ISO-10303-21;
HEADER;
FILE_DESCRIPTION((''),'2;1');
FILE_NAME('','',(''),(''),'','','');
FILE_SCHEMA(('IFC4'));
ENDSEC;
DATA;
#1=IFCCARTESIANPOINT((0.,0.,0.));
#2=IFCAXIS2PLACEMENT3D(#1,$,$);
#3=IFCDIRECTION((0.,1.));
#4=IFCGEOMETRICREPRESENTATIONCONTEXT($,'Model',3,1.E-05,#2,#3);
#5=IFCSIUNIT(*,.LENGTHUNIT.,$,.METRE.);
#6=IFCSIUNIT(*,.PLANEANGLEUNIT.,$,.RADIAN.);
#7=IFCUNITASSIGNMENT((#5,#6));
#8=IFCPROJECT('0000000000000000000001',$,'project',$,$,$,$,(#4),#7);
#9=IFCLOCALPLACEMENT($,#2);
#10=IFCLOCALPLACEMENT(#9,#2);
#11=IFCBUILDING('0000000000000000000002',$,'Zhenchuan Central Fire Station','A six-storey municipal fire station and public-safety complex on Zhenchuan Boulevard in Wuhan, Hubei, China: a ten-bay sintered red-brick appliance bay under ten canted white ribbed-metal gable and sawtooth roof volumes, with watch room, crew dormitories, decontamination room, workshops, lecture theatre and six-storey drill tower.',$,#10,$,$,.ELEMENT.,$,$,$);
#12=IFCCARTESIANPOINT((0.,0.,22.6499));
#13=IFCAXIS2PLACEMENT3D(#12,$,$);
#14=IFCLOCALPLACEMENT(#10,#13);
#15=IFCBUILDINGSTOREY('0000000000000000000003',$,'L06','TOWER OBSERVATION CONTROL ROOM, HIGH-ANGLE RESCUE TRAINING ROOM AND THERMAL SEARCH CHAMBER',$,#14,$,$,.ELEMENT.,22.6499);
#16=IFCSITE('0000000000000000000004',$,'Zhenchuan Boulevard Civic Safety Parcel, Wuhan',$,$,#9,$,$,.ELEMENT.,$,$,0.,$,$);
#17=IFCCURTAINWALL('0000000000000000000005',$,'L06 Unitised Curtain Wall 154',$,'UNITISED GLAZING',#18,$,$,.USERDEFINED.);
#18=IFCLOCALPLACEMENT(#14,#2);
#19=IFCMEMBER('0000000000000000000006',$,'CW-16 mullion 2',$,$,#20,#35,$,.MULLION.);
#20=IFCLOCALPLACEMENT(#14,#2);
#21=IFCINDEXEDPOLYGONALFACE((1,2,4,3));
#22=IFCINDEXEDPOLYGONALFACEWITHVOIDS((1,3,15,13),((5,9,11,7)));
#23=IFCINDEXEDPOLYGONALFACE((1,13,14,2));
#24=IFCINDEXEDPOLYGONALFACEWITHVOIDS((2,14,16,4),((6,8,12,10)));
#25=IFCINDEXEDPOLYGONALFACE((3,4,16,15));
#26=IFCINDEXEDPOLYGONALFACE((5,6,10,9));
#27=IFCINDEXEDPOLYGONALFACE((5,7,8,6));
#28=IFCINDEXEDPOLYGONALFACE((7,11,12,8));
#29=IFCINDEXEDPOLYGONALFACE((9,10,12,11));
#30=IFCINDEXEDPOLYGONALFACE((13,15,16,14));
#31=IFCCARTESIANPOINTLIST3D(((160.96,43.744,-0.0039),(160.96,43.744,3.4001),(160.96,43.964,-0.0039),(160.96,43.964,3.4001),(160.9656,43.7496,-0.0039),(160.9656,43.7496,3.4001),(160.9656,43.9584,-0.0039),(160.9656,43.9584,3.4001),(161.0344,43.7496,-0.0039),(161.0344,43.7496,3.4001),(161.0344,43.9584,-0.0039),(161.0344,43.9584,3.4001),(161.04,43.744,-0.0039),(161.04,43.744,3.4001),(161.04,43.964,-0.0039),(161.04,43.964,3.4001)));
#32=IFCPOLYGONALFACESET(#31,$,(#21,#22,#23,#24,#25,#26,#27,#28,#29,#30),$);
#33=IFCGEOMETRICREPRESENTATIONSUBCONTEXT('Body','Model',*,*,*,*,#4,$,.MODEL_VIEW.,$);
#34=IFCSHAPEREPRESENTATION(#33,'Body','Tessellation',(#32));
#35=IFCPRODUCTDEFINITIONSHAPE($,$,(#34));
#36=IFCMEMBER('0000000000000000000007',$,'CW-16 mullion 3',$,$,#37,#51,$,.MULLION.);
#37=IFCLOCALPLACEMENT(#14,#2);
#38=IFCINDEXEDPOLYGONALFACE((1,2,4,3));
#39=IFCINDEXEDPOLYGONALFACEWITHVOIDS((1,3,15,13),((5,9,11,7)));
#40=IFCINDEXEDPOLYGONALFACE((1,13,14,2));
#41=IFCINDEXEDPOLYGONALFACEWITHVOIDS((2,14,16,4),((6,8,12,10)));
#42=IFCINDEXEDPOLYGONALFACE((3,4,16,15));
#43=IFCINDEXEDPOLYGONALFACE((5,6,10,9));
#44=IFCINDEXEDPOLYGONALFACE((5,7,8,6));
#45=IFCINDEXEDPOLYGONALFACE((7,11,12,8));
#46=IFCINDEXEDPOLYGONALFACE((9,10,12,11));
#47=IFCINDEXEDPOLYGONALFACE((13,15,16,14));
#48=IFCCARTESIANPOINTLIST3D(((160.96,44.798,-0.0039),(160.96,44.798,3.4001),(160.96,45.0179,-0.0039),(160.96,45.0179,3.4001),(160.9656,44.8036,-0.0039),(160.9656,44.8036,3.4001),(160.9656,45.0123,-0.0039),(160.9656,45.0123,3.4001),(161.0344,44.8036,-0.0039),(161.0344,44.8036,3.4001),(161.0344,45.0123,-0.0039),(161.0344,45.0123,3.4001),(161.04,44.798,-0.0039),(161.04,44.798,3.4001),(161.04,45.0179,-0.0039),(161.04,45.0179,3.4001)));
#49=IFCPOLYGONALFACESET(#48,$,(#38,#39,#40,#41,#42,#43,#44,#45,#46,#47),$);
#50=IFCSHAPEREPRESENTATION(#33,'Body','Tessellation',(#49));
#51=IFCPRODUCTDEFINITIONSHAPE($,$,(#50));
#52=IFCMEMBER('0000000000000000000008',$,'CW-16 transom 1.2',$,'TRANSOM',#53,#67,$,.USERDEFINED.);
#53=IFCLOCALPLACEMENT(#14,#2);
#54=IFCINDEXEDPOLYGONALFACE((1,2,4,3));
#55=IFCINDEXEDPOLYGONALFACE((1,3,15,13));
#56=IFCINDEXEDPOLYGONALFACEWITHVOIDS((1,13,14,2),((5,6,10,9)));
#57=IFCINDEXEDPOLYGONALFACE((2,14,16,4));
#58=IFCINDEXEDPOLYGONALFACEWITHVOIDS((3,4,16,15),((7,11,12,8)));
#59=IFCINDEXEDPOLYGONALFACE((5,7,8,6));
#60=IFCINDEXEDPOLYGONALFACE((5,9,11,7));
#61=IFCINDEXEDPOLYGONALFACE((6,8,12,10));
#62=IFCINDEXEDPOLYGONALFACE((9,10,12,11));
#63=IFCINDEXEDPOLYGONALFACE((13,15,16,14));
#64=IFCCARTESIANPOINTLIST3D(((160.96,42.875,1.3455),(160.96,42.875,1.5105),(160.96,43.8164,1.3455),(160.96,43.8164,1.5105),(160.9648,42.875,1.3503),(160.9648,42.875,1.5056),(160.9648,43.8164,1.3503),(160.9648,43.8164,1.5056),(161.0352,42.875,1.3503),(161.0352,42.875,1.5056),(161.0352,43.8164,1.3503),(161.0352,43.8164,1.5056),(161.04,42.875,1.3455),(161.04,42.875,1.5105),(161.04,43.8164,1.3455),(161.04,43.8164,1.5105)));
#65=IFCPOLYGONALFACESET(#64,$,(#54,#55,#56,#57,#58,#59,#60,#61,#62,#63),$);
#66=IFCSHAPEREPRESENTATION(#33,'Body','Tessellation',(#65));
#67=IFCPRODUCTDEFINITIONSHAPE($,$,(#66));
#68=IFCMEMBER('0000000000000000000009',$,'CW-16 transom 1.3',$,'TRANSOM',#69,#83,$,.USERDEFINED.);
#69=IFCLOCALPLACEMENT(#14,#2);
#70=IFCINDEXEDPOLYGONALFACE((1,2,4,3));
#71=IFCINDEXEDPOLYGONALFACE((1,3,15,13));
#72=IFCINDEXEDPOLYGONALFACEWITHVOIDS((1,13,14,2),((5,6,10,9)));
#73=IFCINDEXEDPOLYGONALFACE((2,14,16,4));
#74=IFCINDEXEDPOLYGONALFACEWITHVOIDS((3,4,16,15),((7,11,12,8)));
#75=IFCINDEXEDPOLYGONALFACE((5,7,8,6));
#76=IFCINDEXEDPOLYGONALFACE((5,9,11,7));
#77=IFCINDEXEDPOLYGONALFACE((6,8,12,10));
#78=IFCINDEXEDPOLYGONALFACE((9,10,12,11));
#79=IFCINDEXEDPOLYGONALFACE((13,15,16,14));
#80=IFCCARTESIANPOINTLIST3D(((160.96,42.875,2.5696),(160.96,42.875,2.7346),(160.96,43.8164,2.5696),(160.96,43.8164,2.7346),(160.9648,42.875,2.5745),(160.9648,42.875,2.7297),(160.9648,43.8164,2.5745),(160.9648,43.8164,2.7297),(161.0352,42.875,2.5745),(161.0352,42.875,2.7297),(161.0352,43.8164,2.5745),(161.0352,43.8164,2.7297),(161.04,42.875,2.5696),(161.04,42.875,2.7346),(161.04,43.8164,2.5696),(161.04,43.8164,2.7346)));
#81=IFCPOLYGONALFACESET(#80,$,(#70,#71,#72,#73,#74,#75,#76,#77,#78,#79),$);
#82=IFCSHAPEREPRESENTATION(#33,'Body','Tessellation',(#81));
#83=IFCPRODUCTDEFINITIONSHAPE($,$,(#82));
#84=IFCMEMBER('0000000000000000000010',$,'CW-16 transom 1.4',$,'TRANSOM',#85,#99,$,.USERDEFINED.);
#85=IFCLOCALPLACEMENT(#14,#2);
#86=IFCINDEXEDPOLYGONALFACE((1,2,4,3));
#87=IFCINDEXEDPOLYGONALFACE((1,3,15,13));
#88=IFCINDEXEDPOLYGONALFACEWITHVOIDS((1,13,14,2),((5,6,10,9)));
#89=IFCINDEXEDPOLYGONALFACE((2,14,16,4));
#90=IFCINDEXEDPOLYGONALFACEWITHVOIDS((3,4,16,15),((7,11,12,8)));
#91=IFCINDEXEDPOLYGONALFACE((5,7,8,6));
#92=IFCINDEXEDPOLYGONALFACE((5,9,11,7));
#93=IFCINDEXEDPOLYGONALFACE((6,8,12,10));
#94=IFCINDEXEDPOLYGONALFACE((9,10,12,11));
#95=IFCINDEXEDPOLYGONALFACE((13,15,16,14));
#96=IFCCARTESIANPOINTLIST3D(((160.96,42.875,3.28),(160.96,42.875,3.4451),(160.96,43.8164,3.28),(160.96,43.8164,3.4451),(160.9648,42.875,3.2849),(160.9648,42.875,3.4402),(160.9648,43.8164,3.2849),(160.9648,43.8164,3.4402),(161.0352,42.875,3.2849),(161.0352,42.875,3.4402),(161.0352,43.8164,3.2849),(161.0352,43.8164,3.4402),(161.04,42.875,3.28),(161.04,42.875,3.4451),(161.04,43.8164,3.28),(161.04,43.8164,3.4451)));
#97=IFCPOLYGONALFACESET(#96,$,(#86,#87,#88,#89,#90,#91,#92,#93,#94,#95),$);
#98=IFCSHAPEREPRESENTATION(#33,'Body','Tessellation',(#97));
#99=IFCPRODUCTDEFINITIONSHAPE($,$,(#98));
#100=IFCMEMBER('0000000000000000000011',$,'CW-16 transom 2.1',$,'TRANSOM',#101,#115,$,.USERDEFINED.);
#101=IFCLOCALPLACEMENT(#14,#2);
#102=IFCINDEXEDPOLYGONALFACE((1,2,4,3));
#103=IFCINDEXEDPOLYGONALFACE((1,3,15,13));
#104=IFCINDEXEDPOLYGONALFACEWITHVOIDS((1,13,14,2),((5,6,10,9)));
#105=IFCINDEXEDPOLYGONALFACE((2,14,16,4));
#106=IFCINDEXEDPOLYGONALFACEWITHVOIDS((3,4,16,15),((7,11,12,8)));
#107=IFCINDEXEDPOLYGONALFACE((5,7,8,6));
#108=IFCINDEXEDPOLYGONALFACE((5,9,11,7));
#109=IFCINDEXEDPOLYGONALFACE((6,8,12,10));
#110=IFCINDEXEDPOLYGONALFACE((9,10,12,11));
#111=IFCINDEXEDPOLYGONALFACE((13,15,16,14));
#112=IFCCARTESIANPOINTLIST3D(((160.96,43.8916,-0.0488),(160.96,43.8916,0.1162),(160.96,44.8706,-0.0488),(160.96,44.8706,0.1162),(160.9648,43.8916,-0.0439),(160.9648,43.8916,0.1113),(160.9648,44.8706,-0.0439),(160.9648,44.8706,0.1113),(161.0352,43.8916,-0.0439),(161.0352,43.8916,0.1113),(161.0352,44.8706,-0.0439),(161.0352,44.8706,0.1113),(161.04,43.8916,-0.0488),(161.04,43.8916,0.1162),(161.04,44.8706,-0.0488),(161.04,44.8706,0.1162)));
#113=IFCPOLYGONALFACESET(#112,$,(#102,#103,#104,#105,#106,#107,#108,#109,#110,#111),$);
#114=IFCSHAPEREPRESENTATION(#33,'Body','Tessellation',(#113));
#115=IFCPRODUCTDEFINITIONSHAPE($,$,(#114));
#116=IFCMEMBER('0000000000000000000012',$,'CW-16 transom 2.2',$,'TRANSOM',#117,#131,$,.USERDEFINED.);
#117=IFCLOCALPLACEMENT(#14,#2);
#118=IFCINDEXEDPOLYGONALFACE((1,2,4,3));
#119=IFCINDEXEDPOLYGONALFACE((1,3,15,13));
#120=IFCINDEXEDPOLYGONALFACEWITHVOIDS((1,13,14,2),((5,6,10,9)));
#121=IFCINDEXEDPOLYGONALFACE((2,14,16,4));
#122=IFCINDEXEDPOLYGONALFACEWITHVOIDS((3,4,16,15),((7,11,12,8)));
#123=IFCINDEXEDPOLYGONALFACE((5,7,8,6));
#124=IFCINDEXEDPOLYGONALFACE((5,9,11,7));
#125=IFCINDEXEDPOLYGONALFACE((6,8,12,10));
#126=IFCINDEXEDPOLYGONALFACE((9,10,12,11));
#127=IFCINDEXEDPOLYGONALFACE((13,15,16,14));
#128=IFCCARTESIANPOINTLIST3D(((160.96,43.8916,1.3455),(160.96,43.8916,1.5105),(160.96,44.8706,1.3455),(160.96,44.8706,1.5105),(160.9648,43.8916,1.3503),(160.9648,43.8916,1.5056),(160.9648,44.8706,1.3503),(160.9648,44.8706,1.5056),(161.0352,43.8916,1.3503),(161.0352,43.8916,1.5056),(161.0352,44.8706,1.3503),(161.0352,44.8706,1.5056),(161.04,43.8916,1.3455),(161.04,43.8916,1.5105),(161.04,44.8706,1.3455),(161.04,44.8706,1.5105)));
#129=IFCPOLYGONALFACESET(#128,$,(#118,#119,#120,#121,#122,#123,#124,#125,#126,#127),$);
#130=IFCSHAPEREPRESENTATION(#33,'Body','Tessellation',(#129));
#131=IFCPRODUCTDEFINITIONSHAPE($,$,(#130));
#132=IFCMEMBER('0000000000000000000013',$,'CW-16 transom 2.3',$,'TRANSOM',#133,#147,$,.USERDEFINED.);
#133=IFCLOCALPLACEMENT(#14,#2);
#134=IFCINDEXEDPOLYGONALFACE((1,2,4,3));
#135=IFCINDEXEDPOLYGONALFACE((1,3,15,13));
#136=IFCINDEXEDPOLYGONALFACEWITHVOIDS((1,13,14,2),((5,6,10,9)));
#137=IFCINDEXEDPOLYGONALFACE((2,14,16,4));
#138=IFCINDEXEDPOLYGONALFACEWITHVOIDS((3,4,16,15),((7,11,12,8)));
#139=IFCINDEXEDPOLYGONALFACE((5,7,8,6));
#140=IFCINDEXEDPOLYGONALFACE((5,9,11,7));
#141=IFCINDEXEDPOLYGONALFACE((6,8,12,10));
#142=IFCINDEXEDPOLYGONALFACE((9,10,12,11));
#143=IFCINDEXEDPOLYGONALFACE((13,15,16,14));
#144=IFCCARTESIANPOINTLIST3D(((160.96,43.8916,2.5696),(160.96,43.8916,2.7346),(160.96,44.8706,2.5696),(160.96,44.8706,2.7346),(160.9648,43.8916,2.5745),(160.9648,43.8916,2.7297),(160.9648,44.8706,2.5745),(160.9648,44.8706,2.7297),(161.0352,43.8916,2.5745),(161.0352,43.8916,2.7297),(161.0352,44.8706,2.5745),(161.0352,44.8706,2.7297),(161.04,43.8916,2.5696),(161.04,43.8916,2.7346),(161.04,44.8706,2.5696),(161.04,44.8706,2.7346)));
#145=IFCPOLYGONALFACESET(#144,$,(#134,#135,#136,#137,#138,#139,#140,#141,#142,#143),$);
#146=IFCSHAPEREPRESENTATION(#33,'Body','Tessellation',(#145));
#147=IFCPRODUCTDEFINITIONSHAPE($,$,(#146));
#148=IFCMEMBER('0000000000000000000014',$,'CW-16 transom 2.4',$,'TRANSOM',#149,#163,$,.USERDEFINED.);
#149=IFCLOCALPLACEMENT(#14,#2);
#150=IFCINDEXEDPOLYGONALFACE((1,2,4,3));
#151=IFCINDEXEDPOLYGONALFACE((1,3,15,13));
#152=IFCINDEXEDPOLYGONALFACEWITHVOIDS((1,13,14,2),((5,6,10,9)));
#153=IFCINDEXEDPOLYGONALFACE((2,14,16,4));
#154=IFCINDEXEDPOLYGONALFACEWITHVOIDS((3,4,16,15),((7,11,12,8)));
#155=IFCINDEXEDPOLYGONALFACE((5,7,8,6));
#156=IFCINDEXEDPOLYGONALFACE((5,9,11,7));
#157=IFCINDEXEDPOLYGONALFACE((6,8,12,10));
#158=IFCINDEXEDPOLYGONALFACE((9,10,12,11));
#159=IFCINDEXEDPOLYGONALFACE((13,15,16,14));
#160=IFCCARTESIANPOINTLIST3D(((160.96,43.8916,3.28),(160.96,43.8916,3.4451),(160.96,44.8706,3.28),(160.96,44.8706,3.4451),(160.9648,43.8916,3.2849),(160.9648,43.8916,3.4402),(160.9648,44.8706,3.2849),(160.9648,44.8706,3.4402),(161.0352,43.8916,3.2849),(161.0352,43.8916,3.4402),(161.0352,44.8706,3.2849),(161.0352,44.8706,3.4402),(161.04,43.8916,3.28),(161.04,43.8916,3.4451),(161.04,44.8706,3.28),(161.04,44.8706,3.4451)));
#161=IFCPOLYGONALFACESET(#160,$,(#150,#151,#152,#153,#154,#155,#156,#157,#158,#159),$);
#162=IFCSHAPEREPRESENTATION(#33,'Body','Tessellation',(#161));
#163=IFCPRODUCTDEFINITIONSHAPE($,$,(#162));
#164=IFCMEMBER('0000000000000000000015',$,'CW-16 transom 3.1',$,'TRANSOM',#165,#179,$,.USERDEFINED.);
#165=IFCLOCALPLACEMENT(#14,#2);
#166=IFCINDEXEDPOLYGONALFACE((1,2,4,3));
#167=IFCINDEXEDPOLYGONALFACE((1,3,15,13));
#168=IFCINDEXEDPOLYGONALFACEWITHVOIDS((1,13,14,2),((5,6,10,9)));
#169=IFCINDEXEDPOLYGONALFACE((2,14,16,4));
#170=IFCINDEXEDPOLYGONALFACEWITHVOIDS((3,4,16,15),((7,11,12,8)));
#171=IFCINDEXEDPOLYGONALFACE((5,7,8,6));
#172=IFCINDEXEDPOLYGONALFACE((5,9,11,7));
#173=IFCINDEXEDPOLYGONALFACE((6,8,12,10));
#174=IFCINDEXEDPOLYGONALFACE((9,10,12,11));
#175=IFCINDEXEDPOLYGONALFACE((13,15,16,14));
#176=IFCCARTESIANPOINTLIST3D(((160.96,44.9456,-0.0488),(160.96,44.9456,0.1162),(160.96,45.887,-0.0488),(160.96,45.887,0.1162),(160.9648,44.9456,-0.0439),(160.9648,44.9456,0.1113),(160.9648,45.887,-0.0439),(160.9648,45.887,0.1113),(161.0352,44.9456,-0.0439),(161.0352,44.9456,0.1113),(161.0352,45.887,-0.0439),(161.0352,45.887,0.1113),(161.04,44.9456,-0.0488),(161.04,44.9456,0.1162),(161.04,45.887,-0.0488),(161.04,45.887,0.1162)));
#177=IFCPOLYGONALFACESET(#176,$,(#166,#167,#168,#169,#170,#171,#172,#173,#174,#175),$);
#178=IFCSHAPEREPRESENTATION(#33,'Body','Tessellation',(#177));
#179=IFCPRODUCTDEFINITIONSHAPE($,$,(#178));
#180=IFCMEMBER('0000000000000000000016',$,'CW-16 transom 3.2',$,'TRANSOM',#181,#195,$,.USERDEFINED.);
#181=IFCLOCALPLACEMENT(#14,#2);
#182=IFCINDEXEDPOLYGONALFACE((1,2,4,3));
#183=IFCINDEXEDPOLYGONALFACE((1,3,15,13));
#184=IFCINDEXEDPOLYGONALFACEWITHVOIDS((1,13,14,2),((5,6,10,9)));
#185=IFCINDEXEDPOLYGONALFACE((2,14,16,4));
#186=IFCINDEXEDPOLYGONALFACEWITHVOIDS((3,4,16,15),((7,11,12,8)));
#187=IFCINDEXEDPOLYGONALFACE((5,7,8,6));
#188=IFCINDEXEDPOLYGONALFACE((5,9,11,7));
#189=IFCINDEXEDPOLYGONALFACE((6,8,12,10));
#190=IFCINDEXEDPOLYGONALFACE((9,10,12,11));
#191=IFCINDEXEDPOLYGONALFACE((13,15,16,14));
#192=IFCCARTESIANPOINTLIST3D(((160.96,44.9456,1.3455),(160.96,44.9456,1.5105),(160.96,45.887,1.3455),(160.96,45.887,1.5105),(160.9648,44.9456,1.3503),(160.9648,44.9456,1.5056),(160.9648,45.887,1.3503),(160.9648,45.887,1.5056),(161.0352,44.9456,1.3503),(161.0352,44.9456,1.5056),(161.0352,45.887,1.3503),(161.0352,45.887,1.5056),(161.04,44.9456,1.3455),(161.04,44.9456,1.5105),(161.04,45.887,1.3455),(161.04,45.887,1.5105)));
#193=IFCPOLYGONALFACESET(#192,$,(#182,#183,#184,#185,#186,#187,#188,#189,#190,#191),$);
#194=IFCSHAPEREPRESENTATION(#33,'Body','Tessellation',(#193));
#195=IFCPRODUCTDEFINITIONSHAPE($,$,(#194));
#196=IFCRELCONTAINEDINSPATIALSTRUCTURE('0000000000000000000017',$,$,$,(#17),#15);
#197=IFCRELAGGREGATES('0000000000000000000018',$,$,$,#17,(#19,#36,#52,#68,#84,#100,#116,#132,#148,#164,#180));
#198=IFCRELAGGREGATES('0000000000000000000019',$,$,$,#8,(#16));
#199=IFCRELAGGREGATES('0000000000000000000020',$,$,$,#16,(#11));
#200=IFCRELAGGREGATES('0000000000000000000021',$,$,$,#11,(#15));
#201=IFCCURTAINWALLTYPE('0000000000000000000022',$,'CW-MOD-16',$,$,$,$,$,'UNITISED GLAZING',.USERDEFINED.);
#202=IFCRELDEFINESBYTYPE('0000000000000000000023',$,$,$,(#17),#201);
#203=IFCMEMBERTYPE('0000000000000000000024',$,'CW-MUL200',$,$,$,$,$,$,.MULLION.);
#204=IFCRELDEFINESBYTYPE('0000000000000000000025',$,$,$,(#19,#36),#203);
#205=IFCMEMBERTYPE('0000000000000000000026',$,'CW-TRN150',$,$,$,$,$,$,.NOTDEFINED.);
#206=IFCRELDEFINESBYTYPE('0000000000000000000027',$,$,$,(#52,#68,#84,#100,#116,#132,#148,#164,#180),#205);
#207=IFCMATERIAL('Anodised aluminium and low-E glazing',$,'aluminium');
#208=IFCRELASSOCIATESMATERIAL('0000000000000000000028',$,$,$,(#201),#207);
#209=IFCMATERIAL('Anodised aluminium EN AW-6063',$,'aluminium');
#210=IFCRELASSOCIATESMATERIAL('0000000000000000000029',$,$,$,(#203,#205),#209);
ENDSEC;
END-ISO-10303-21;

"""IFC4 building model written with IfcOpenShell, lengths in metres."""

from ifc_helpers import new_model, si_unit, direction, frame, origin, origin_2d, place, context, subcontext, project, spatial, hollow_rectangle, extrude, material, material_profile, profile_set, type_object, element, aggregate, save


model = new_model("IFC4")

# Units and contexts
model_context = context("Model", 3, precision=1e-05, world=origin(), true_north=direction((0.0, 1.0)))
body_context = subcontext(model_context, "Body", "Model", "MODEL_VIEW")
ifc_project = project(units=[si_unit("LENGTHUNIT", "METRE"), si_unit("PLANEANGLEUNIT", "RADIAN")], contexts=[model_context])

# Site, building, storey
site_placement = place(None, origin())
site = spatial("IfcSite", under=ifc_project, at=site_placement, Name="Zhenchuan Boulevard Civic Safety Parcel, Wuhan", CompositionType="ELEMENT", RefElevation=0.0)
building_placement = place(site_placement, origin())
building = spatial("IfcBuilding", under=site, at=building_placement, Name="Zhenchuan Central Fire Station", Description="A six-storey municipal fire station and public-safety complex on Zhenchuan Boulevard in Wuhan, Hubei, China: a ten-bay sintered red-brick appliance bay under ten canted white ribbed-metal gable and sawtooth roof volumes, with watch room, crew dormitories, decontamination room, workshops, lecture theatre and six-storey drill tower.", CompositionType="ELEMENT")
storey_placement = place(building_placement, frame((0.0, 0.0, 22.6499)))
storey = spatial("IfcBuildingStorey", under=building, at=storey_placement, Name="L06", Description="TOWER OBSERVATION CONTROL ROOM, HIGH-ANGLE RESCUE TRAINING ROOM AND THERMAL SEARCH CHAMBER", CompositionType="ELEMENT", Elevation=22.6499)

# Curtain wall, members
ifc_material_1 = material(Name="Anodised aluminium and low-E glazing", Category="aluminium")
curtain_wall_type = type_object("IfcCurtainWallType", Name="CW-MOD-16", ElementType="UNITISED GLAZING", PredefinedType="USERDEFINED", material=ifc_material_1)
curtain_wall_placement = place(storey_placement, origin())
curtain_wall = element("IfcCurtainWall", 1, at=curtain_wall_placement, inside=storey, type_object=curtain_wall_type, Name="L06 Unitised Curtain Wall 154", ObjectType="UNITISED GLAZING", PredefinedType="USERDEFINED")
ifc_material_2 = material(Name="Anodised aluminium EN AW-6063", Category="aluminium")
ifc_material_profile_1 = material_profile(ifc_material_2, hollow_rectangle(XDim=0.0801, YDim=0.22, WallThickness=0.0056, at=origin_2d()), Name="ALU-M 220x80")
ifc_profile_set_1 = profile_set([ifc_material_profile_1], Name="Anodised aluminium EN AW-6063")
member_type_1 = type_object("IfcMemberType", Name="CW-MUL200", PredefinedType="MULLION", material=ifc_profile_set_1)
member_1_placement = place(storey_placement, frame((161.0, 43.854, -0.0039), z_axis=(0.0, 0.0, 1.0), x_axis=(-1.0, 0.0, 0.0)))
member_1 = element("IfcMember", 2, at=member_1_placement, type_object=member_type_1, Name="CW-16 mullion 2", PredefinedType="MULLION", context=body_context, shape_type="SweptSolid", body=[
    extrude(hollow_rectangle(XDim=0.0801, YDim=0.22, WallThickness=0.0056, at=origin_2d()), origin(), (0.0, 0.0, 1.0), 3.4041),
])
member_2_placement = place(storey_placement, frame((161.0, 44.908, -0.0039), z_axis=(0.0, 0.0, 1.0), x_axis=(-1.0, 0.0, 0.0)))
member_2 = element("IfcMember", 3, at=member_2_placement, type_object=member_type_1, Name="CW-16 mullion 3", PredefinedType="MULLION", context=body_context, shape_type="SweptSolid", body=[
    extrude(hollow_rectangle(XDim=0.0801, YDim=0.22, WallThickness=0.0056, at=origin_2d()), origin(), (0.0, 0.0, 1.0), 3.4041),
])
ifc_material_profile_2 = material_profile(ifc_material_2, hollow_rectangle(XDim=0.0801, YDim=0.165, WallThickness=0.0049, at=origin_2d()), Name="ALU-T 165x80")
ifc_profile_set_2 = profile_set([ifc_material_profile_2], Name="Anodised aluminium EN AW-6063")
member_type_2 = type_object("IfcMemberType", Name="CW-TRN150", PredefinedType="NOTDEFINED", material=ifc_profile_set_2)
member_3_placement = place(storey_placement, frame((161.0, 42.875, 1.428), z_axis=(0.0, 1.0, 0.0), x_axis=(-1.0, 0.0, 0.0)))
member_3 = element("IfcMember", 4, at=member_3_placement, type_object=member_type_2, Name="CW-16 transom 1.2", ObjectType="TRANSOM", PredefinedType="USERDEFINED", context=body_context, shape_type="SweptSolid", body=[
    extrude(hollow_rectangle(XDim=0.0801, YDim=0.165, WallThickness=0.0049, at=origin_2d()), origin(), (0.0, 0.0, 1.0), 0.9414),
])
member_4_placement = place(storey_placement, frame((161.0, 42.875, 2.6521), z_axis=(0.0, 1.0, 0.0), x_axis=(-1.0, 0.0, 0.0)))
member_4 = element("IfcMember", 5, at=member_4_placement, type_object=member_type_2, Name="CW-16 transom 1.3", ObjectType="TRANSOM", PredefinedType="USERDEFINED", context=body_context, shape_type="SweptSolid", body=[
    extrude(hollow_rectangle(XDim=0.0801, YDim=0.165, WallThickness=0.0049, at=origin_2d()), origin(), (0.0, 0.0, 1.0), 0.9414),
])
member_5_placement = place(storey_placement, frame((161.0, 42.875, 3.3625), z_axis=(0.0, 1.0, 0.0), x_axis=(-1.0, 0.0, 0.0)))
member_5 = element("IfcMember", 6, at=member_5_placement, type_object=member_type_2, Name="CW-16 transom 1.4", ObjectType="TRANSOM", PredefinedType="USERDEFINED", context=body_context, shape_type="SweptSolid", body=[
    extrude(hollow_rectangle(XDim=0.0801, YDim=0.165, WallThickness=0.0049, at=origin_2d()), origin(), (0.0, 0.0, 1.0), 0.9414),
])
member_6_placement = place(storey_placement, frame((161.0, 43.8916, 0.0337), z_axis=(0.0, 1.0, 0.0), x_axis=(-1.0, 0.0, 0.0)))
member_6 = element("IfcMember", 7, at=member_6_placement, type_object=member_type_2, Name="CW-16 transom 2.1", ObjectType="TRANSOM", PredefinedType="USERDEFINED", context=body_context, shape_type="SweptSolid", body=[
    extrude(hollow_rectangle(XDim=0.0801, YDim=0.165, WallThickness=0.0049, at=origin_2d()), origin(), (0.0, 0.0, 1.0), 0.979),
])
member_7_placement = place(storey_placement, frame((161.0, 43.8916, 1.428), z_axis=(0.0, 1.0, 0.0), x_axis=(-1.0, 0.0, 0.0)))
member_7 = element("IfcMember", 8, at=member_7_placement, type_object=member_type_2, Name="CW-16 transom 2.2", ObjectType="TRANSOM", PredefinedType="USERDEFINED", context=body_context, shape_type="SweptSolid", body=[
    extrude(hollow_rectangle(XDim=0.0801, YDim=0.165, WallThickness=0.0049, at=origin_2d()), origin(), (0.0, 0.0, 1.0), 0.979),
])
member_8_placement = place(storey_placement, frame((161.0, 43.8916, 2.6521), z_axis=(0.0, 1.0, 0.0), x_axis=(-1.0, 0.0, 0.0)))
member_8 = element("IfcMember", 9, at=member_8_placement, type_object=member_type_2, Name="CW-16 transom 2.3", ObjectType="TRANSOM", PredefinedType="USERDEFINED", context=body_context, shape_type="SweptSolid", body=[
    extrude(hollow_rectangle(XDim=0.0801, YDim=0.165, WallThickness=0.0049, at=origin_2d()), origin(), (0.0, 0.0, 1.0), 0.979),
])
member_9_placement = place(storey_placement, frame((161.0, 43.8916, 3.3625), z_axis=(0.0, 1.0, 0.0), x_axis=(-1.0, 0.0, 0.0)))
member_9 = element("IfcMember", 10, at=member_9_placement, type_object=member_type_2, Name="CW-16 transom 2.4", ObjectType="TRANSOM", PredefinedType="USERDEFINED", context=body_context, shape_type="SweptSolid", body=[
    extrude(hollow_rectangle(XDim=0.0801, YDim=0.165, WallThickness=0.0049, at=origin_2d()), origin(), (0.0, 0.0, 1.0), 0.979),
])
member_10_placement = place(storey_placement, frame((161.0, 44.9456, 0.0337), z_axis=(0.0, 1.0, 0.0), x_axis=(-1.0, 0.0, 0.0)))
member_10 = element("IfcMember", 11, at=member_10_placement, type_object=member_type_2, Name="CW-16 transom 3.1", ObjectType="TRANSOM", PredefinedType="USERDEFINED", context=body_context, shape_type="SweptSolid", body=[
    extrude(hollow_rectangle(XDim=0.0801, YDim=0.165, WallThickness=0.0049, at=origin_2d()), origin(), (0.0, 0.0, 1.0), 0.9414),
])
member_11_placement = place(storey_placement, frame((161.0, 44.9456, 1.428), z_axis=(0.0, 1.0, 0.0), x_axis=(-1.0, 0.0, 0.0)))
member_11 = element("IfcMember", 12, at=member_11_placement, type_object=member_type_2, Name="CW-16 transom 3.2", ObjectType="TRANSOM", PredefinedType="USERDEFINED", context=body_context, shape_type="SweptSolid", body=[
    extrude(hollow_rectangle(XDim=0.0801, YDim=0.165, WallThickness=0.0049, at=origin_2d()), origin(), (0.0, 0.0, 1.0), 0.9414),
])
aggregate(curtain_wall, [member_1, member_2, member_3, member_4, member_5, member_6, member_7, member_8, member_9, member_10, member_11])

save(model, "model.ifc")
